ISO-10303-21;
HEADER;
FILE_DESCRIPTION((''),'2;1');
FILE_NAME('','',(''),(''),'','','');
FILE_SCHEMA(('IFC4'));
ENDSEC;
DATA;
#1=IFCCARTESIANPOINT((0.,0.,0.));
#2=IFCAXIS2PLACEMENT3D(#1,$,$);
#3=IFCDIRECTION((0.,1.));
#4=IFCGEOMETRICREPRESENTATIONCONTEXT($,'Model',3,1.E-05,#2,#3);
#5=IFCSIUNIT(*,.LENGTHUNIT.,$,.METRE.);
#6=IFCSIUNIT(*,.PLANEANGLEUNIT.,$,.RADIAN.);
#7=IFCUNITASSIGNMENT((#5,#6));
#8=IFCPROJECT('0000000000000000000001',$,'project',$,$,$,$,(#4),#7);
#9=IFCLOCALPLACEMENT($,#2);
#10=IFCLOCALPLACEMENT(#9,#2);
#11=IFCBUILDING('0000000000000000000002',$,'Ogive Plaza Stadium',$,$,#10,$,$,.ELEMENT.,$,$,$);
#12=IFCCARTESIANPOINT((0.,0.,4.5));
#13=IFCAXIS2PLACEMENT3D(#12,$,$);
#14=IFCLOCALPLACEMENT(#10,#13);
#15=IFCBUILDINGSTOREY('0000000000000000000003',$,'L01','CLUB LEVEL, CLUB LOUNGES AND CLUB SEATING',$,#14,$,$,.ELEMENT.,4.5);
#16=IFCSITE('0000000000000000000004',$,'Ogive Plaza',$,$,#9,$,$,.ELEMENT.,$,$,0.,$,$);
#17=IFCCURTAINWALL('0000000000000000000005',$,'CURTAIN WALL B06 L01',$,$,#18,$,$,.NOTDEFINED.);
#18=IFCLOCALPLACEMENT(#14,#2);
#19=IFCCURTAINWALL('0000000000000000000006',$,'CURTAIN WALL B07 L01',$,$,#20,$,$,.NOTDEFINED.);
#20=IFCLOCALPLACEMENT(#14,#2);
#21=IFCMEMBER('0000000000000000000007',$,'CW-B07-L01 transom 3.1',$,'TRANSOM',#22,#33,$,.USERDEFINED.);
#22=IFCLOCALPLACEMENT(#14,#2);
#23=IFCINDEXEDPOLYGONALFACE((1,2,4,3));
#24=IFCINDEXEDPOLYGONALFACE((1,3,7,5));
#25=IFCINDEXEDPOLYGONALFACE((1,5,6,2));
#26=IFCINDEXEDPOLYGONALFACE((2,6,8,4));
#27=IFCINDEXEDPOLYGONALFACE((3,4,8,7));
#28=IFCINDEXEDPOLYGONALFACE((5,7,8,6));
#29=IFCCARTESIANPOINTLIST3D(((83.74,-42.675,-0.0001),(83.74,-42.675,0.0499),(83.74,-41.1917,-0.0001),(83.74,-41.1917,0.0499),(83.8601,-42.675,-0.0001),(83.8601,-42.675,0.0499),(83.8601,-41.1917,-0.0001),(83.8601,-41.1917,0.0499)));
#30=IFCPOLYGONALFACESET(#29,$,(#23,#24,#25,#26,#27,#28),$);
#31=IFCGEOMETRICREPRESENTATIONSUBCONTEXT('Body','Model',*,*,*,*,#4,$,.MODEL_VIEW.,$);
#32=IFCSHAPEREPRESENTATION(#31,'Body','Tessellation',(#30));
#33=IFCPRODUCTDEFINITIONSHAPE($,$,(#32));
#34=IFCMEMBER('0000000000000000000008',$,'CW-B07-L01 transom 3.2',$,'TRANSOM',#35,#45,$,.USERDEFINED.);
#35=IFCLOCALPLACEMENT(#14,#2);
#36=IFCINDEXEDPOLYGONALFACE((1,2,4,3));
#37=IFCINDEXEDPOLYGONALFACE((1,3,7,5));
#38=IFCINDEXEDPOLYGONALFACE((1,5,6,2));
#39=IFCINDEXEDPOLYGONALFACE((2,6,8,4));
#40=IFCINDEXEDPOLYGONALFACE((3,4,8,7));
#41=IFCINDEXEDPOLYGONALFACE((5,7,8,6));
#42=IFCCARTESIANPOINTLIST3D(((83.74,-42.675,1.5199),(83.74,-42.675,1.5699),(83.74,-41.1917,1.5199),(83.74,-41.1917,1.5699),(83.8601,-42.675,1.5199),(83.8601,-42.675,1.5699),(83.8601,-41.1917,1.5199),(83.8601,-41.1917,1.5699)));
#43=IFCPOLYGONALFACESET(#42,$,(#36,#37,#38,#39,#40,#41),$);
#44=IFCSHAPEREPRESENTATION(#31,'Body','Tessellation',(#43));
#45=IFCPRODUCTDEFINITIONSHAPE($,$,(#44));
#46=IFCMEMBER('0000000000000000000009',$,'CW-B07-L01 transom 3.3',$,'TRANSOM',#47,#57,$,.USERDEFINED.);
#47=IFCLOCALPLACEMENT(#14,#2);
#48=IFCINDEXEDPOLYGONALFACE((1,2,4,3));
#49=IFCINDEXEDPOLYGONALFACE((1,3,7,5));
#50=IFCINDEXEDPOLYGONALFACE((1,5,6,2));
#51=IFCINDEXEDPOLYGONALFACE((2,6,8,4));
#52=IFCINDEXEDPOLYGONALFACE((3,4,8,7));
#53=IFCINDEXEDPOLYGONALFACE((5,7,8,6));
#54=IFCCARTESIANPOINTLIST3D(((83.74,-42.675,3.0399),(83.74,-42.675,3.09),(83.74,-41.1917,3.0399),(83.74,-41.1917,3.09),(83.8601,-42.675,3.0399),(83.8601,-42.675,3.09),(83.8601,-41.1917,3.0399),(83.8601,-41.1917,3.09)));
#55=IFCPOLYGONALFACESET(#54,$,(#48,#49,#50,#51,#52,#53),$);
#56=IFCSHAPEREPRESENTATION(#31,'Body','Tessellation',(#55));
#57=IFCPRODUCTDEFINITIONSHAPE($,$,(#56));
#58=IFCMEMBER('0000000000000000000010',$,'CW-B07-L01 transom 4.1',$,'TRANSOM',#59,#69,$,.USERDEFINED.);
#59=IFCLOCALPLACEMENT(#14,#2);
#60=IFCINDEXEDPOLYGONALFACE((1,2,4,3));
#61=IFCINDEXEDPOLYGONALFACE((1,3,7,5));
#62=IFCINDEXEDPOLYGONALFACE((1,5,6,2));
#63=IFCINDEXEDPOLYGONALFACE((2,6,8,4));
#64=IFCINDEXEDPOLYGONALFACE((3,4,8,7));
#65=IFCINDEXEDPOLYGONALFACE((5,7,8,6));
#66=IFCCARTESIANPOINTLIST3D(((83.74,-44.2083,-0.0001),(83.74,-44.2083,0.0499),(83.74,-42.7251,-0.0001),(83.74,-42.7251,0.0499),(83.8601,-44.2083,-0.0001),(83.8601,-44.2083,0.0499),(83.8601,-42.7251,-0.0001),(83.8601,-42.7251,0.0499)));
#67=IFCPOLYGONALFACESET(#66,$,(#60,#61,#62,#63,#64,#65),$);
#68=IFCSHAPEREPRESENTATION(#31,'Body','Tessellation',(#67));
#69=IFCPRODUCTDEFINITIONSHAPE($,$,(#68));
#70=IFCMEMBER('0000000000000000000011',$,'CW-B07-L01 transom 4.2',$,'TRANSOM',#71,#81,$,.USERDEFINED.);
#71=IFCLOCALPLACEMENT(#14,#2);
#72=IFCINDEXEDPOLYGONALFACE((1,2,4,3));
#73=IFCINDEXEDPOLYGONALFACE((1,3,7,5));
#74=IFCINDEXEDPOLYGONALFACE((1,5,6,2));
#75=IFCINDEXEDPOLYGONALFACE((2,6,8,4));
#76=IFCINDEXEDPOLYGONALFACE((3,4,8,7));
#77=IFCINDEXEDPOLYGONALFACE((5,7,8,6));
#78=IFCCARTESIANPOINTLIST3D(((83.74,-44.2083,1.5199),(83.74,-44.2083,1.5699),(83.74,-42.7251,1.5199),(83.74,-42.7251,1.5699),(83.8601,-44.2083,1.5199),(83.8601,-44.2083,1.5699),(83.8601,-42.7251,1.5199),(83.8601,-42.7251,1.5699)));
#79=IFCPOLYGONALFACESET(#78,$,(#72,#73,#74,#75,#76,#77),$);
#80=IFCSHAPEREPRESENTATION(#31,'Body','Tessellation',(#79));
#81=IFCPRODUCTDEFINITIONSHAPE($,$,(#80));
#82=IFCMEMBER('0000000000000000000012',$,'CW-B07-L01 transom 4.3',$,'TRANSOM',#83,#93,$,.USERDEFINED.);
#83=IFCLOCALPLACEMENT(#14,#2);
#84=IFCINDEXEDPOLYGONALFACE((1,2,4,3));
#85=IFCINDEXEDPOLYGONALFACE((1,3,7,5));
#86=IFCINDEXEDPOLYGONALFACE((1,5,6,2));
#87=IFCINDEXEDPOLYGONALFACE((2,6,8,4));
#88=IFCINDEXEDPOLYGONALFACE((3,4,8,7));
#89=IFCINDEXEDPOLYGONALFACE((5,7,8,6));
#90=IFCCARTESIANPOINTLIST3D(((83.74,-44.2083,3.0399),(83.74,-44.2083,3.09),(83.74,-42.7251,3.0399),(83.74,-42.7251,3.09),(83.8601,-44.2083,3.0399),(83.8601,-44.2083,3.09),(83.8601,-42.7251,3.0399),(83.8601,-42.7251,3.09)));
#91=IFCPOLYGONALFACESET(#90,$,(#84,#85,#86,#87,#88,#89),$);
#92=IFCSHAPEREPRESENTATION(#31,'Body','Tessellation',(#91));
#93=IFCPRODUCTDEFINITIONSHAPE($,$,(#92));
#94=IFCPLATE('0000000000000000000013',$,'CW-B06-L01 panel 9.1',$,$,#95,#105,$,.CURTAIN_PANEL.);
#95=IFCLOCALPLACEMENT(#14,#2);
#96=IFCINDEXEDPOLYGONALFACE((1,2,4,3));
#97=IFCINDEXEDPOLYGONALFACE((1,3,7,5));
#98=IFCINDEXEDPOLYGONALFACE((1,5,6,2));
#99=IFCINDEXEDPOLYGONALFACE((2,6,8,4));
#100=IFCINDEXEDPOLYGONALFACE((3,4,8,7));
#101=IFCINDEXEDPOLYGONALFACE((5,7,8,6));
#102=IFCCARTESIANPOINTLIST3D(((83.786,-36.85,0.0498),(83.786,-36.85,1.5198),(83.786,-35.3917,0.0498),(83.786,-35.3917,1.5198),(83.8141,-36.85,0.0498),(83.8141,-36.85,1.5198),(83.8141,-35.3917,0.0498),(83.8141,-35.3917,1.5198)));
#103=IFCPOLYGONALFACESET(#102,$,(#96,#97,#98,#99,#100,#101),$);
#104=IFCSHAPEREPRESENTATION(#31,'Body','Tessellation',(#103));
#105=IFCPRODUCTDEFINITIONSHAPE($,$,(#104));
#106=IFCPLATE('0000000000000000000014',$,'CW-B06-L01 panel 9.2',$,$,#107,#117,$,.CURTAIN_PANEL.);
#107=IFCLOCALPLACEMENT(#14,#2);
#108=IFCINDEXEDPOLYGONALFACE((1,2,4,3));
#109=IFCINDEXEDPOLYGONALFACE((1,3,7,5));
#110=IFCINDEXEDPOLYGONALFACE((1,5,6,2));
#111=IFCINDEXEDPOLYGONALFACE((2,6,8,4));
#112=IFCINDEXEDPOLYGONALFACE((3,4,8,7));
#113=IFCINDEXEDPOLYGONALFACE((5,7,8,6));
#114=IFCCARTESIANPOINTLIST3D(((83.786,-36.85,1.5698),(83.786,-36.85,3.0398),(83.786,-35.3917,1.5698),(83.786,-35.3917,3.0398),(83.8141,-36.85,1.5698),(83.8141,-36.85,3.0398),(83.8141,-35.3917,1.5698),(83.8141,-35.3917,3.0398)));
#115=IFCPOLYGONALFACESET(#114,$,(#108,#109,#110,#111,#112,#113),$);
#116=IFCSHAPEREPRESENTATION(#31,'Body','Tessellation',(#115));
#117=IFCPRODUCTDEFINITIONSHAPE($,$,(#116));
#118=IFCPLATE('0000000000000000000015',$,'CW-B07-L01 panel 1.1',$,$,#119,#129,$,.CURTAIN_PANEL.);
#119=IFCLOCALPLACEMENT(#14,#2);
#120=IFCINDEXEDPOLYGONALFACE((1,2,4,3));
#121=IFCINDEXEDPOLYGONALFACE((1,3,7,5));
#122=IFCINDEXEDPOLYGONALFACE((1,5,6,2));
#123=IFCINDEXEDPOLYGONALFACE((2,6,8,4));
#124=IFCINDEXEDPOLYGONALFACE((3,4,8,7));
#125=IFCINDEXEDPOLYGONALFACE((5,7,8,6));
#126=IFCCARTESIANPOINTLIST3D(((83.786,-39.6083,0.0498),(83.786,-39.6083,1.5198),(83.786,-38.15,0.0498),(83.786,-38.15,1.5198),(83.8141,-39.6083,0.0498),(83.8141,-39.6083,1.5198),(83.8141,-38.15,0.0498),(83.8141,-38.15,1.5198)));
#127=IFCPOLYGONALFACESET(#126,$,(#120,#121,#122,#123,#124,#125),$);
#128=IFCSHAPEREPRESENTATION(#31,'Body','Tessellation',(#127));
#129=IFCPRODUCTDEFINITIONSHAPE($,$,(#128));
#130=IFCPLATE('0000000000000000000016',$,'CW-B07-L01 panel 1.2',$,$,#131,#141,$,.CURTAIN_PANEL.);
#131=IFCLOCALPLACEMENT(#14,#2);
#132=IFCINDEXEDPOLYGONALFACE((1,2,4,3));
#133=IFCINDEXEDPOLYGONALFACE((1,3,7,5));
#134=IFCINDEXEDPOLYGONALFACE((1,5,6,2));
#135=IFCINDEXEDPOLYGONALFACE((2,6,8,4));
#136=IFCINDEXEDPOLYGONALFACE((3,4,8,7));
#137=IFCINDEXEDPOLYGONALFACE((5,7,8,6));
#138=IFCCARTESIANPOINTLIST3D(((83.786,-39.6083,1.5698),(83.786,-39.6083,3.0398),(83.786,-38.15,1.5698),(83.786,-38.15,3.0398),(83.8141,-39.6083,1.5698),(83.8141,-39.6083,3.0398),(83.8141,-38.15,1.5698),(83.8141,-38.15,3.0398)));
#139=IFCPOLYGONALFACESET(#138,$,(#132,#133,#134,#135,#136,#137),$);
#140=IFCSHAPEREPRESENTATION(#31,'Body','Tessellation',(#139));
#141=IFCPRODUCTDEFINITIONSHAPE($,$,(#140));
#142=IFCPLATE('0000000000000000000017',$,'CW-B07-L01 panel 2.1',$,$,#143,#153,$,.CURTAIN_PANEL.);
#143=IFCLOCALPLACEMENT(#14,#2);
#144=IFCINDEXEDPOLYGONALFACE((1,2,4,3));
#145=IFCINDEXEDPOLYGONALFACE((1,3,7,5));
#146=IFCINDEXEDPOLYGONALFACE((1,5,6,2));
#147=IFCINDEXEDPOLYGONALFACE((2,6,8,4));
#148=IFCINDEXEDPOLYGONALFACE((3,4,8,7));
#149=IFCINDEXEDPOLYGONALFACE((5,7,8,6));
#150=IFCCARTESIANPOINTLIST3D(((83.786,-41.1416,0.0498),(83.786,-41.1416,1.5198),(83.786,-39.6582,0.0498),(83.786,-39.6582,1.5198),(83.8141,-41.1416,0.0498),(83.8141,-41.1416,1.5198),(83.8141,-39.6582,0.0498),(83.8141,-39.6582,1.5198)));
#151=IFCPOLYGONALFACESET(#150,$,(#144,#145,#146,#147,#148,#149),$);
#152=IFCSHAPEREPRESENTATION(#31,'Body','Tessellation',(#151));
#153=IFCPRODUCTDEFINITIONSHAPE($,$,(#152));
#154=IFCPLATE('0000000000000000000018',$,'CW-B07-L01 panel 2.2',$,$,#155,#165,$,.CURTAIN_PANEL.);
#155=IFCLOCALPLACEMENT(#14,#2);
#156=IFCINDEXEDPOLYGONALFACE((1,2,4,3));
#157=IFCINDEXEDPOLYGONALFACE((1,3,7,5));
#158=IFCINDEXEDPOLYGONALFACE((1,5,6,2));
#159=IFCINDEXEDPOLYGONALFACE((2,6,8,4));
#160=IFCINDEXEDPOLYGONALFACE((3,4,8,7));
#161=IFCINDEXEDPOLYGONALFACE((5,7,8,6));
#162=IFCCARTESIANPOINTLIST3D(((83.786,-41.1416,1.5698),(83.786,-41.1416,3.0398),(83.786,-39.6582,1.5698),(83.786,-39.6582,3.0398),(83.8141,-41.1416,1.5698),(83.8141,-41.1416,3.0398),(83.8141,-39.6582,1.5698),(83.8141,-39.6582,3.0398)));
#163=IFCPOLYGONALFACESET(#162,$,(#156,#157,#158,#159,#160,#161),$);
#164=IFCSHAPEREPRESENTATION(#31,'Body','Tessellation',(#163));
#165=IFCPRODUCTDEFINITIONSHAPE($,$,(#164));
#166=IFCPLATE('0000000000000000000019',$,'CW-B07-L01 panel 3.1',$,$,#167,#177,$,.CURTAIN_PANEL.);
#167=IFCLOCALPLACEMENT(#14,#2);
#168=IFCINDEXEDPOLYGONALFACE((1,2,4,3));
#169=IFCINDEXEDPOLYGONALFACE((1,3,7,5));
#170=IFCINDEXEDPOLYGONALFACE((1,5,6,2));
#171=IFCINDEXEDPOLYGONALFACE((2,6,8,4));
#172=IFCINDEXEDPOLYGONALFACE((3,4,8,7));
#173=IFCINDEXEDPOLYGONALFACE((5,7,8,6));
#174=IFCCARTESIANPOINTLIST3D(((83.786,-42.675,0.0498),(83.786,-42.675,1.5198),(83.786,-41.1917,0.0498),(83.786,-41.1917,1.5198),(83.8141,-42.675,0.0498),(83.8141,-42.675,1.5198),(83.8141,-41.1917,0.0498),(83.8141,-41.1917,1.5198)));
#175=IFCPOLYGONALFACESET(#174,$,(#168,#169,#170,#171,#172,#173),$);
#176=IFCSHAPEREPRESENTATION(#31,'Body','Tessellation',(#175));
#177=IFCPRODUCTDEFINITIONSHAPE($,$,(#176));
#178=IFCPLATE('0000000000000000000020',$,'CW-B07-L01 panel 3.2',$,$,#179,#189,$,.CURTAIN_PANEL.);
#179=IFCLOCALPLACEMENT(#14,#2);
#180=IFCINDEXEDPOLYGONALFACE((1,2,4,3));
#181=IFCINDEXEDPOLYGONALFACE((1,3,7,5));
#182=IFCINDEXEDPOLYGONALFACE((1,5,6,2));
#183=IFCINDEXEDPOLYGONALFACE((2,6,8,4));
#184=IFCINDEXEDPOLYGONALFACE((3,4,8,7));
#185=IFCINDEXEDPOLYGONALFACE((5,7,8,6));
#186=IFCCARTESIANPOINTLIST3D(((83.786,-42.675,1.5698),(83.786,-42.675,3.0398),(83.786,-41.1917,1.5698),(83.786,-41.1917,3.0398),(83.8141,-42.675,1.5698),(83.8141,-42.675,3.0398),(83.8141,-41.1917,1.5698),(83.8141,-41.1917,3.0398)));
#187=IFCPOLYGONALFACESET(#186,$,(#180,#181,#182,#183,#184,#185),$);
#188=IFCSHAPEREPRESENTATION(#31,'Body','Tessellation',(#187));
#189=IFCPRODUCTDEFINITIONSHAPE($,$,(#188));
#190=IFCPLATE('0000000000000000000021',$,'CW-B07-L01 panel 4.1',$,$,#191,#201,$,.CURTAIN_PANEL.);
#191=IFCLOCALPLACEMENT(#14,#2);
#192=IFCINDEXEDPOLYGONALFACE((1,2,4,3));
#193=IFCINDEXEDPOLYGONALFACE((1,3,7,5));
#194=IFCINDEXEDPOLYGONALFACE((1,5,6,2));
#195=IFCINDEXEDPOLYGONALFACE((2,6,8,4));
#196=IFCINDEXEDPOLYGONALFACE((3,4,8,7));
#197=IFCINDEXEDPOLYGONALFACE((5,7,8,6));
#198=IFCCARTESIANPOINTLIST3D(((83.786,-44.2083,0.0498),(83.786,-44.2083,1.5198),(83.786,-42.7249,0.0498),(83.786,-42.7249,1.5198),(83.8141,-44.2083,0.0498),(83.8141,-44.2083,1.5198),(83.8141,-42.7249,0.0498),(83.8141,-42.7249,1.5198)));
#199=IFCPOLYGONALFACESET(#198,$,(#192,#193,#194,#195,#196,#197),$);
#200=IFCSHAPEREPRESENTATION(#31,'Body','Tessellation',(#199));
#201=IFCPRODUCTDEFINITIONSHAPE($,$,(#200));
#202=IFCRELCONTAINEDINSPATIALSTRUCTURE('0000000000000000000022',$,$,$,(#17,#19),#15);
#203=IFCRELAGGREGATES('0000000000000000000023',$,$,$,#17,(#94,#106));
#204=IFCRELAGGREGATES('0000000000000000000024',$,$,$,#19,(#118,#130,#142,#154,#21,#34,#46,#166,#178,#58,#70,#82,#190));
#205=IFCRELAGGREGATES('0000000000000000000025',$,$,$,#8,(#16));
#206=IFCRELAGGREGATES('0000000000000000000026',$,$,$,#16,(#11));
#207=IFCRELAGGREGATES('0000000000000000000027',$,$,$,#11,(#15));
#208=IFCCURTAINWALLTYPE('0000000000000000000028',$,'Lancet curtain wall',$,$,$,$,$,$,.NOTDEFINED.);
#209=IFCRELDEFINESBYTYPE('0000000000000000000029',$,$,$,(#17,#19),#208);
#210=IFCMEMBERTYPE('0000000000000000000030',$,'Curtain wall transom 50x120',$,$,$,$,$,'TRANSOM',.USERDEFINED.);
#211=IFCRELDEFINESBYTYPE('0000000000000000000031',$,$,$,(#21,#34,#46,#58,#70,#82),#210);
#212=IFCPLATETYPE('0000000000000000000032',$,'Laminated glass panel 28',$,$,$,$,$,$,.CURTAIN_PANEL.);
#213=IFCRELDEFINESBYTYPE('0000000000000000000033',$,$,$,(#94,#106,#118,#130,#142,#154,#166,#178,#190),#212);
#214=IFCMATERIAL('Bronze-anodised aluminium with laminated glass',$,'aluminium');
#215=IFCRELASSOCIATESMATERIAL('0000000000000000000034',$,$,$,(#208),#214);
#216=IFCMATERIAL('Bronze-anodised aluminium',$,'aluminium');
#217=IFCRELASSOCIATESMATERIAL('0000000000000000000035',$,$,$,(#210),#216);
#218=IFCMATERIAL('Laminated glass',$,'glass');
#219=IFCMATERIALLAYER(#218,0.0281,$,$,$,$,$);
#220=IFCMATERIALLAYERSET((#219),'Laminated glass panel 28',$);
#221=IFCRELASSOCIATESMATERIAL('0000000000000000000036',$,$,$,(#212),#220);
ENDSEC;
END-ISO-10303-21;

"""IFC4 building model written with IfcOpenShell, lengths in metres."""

from ifc_helpers import new_model, si_unit, direction, frame, origin, origin_2d, place, context, subcontext, project, spatial, rectangle, extrude, material, layer, layer_set, material_profile, profile_set, type_object, element, aggregate, save


model = new_model("IFC4")

# Units and contexts
model_context = context("Model", 3, precision=1e-05, world=origin(), true_north=direction((0.0, 1.0)))
body_context = subcontext(model_context, "Body", "Model", "MODEL_VIEW")
ifc_project = project(units=[si_unit("LENGTHUNIT", "METRE"), si_unit("PLANEANGLEUNIT", "RADIAN")], contexts=[model_context])

# Site, building, storey
site_placement = place(None, origin())
site = spatial("IfcSite", under=ifc_project, at=site_placement, Name="Ogive Plaza", CompositionType="ELEMENT", RefElevation=0.0)
building_placement = place(site_placement, origin())
building = spatial("IfcBuilding", under=site, at=building_placement, Name="Ogive Plaza Stadium", CompositionType="ELEMENT")
storey_placement = place(building_placement, frame((0.0, 0.0, 4.5)))
storey = spatial("IfcBuildingStorey", under=building, at=storey_placement, Name="L01", Description="CLUB LEVEL, CLUB LOUNGES AND CLUB SEATING", CompositionType="ELEMENT", Elevation=4.5)

# Curtain walls
ifc_material_1 = material(Name="Bronze-anodised aluminium with laminated glass", Category="aluminium")
curtain_wall_type = type_object("IfcCurtainWallType", Name="Lancet curtain wall", PredefinedType="NOTDEFINED", material=ifc_material_1)
curtain_wall_1_placement = place(storey_placement, origin())
curtain_wall_1 = element("IfcCurtainWall", 1, at=curtain_wall_1_placement, inside=storey, type_object=curtain_wall_type, Name="CURTAIN WALL B06 L01", PredefinedType="NOTDEFINED")
curtain_wall_2_placement = place(storey_placement, origin())
curtain_wall_2 = element("IfcCurtainWall", 2, at=curtain_wall_2_placement, inside=storey, type_object=curtain_wall_type, Name="CURTAIN WALL B07 L01", PredefinedType="NOTDEFINED")

# Members
ifc_material_2 = material(Name="Bronze-anodised aluminium", Category="aluminium")
ifc_material_profile_1 = material_profile(ifc_material_2, rectangle(XDim=0.1201, YDim=0.05, at=origin_2d()), Name="AL 120x50")
ifc_profile_set_1 = profile_set([ifc_material_profile_1], Name="Bronze-anodised aluminium")
member_type_1 = type_object("IfcMemberType", Name="Curtain wall transom 50x120", ElementType="TRANSOM", PredefinedType="USERDEFINED", material=ifc_profile_set_1)
member_1_placement = place(storey_placement, frame((83.8, -41.1917, 0.0249), z_axis=(0.0, -1.0, 0.0), x_axis=(1.0, 0.0, 0.0)))
member_1 = element("IfcMember", 3, at=member_1_placement, type_object=member_type_1, Name="CW-B07-L01 transom 3.1", ObjectType="TRANSOM", PredefinedType="USERDEFINED", context=body_context, shape_type="SweptSolid", body=[
    extrude(rectangle(XDim=0.1201, YDim=0.05, at=origin_2d()), origin(), (0.0, 0.0, 1.0), 1.4834),
])
member_2_placement = place(storey_placement, frame((83.8, -41.1917, 1.5449), z_axis=(0.0, -1.0, 0.0), x_axis=(1.0, 0.0, 0.0)))
member_2 = element("IfcMember", 4, at=member_2_placement, type_object=member_type_1, Name="CW-B07-L01 transom 3.2", ObjectType="TRANSOM", PredefinedType="USERDEFINED", context=body_context, shape_type="SweptSolid", body=[
    extrude(rectangle(XDim=0.1201, YDim=0.05, at=origin_2d()), origin(), (0.0, 0.0, 1.0), 1.4834),
])
member_3_placement = place(storey_placement, frame((83.8, -41.1917, 3.0649), z_axis=(0.0, -1.0, 0.0), x_axis=(1.0, 0.0, 0.0)))
member_3 = element("IfcMember", 5, at=member_3_placement, type_object=member_type_1, Name="CW-B07-L01 transom 3.3", ObjectType="TRANSOM", PredefinedType="USERDEFINED", context=body_context, shape_type="SweptSolid", body=[
    extrude(rectangle(XDim=0.1201, YDim=0.05, at=origin_2d()), origin(), (0.0, 0.0, 1.0), 1.4834),
])
member_4_placement = place(storey_placement, frame((83.8, -42.7251, 0.0249), z_axis=(0.0, -1.0, 0.0), x_axis=(1.0, 0.0, 0.0)))
member_4 = element("IfcMember", 6, at=member_4_placement, type_object=member_type_1, Name="CW-B07-L01 transom 4.1", ObjectType="TRANSOM", PredefinedType="USERDEFINED", context=body_context, shape_type="SweptSolid", body=[
    extrude(rectangle(XDim=0.1201, YDim=0.05, at=origin_2d()), origin(), (0.0, 0.0, 1.0), 1.4832),
])
member_5_placement = place(storey_placement, frame((83.8, -42.7251, 1.5449), z_axis=(0.0, -1.0, 0.0), x_axis=(1.0, 0.0, 0.0)))
member_5 = element("IfcMember", 7, at=member_5_placement, type_object=member_type_1, Name="CW-B07-L01 transom 4.2", ObjectType="TRANSOM", PredefinedType="USERDEFINED", context=body_context, shape_type="SweptSolid", body=[
    extrude(rectangle(XDim=0.1201, YDim=0.05, at=origin_2d()), origin(), (0.0, 0.0, 1.0), 1.4832),
])
member_6_placement = place(storey_placement, frame((83.8, -42.7251, 3.0649), z_axis=(0.0, -1.0, 0.0), x_axis=(1.0, 0.0, 0.0)))
member_6 = element("IfcMember", 8, at=member_6_placement, type_object=member_type_1, Name="CW-B07-L01 transom 4.3", ObjectType="TRANSOM", PredefinedType="USERDEFINED", context=body_context, shape_type="SweptSolid", body=[
    extrude(rectangle(XDim=0.1201, YDim=0.05, at=origin_2d()), origin(), (0.0, 0.0, 1.0), 1.4832),
])

# Plates
ifc_material_3 = material(Name="Laminated glass", Category="glass")
ifc_layer = layer(ifc_material_3, 0.0281)
ifc_layer_set = layer_set([ifc_layer], Name="Laminated glass panel 28")
plate_type = type_object("IfcPlateType", Name="Laminated glass panel 28", PredefinedType="CURTAIN_PANEL", material=ifc_layer_set)
plate_1_placement = place(storey_placement, frame((83.8, -36.1208, 0.0498), z_axis=(0.0, 0.0, 1.0), x_axis=(0.0, -1.0, 0.0)))
plate_1 = element("IfcPlate", 9, at=plate_1_placement, type_object=plate_type, Name="CW-B06-L01 panel 9.1", PredefinedType="CURTAIN_PANEL", context=body_context, shape_type="SweptSolid", body=[
    extrude(rectangle(XDim=1.4583, YDim=0.0281, at=origin_2d()), origin(), (0.0, 0.0, 1.0), 1.47),
])
plate_2_placement = place(storey_placement, frame((83.8, -36.1208, 1.5698), z_axis=(0.0, 0.0, 1.0), x_axis=(0.0, -1.0, 0.0)))
plate_2 = element("IfcPlate", 10, at=plate_2_placement, type_object=plate_type, Name="CW-B06-L01 panel 9.2", PredefinedType="CURTAIN_PANEL", context=body_context, shape_type="SweptSolid", body=[
    extrude(rectangle(XDim=1.4583, YDim=0.0281, at=origin_2d()), origin(), (0.0, 0.0, 1.0), 1.47),
])
aggregate(curtain_wall_1, [plate_1, plate_2])
plate_3_placement = place(storey_placement, frame((83.8, -38.8792, 0.0498), z_axis=(0.0, 0.0, 1.0), x_axis=(0.0, -1.0, 0.0)))
plate_3 = element("IfcPlate", 11, at=plate_3_placement, type_object=plate_type, Name="CW-B07-L01 panel 1.1", PredefinedType="CURTAIN_PANEL", context=body_context, shape_type="SweptSolid", body=[
    extrude(rectangle(XDim=1.4583, YDim=0.0281, at=origin_2d()), origin(), (0.0, 0.0, 1.0), 1.47),
])
plate_4_placement = place(storey_placement, frame((83.8, -38.8792, 1.5698), z_axis=(0.0, 0.0, 1.0), x_axis=(0.0, -1.0, 0.0)))
plate_4 = element("IfcPlate", 12, at=plate_4_placement, type_object=plate_type, Name="CW-B07-L01 panel 1.2", PredefinedType="CURTAIN_PANEL", context=body_context, shape_type="SweptSolid", body=[
    extrude(rectangle(XDim=1.4583, YDim=0.0281, at=origin_2d()), origin(), (0.0, 0.0, 1.0), 1.47),
])
plate_5_placement = place(storey_placement, frame((83.8, -40.3999, 0.0498), z_axis=(0.0, 0.0, 1.0), x_axis=(0.0, -1.0, 0.0)))
plate_5 = element("IfcPlate", 13, at=plate_5_placement, type_object=plate_type, Name="CW-B07-L01 panel 2.1", PredefinedType="CURTAIN_PANEL", context=body_context, shape_type="SweptSolid", body=[
    extrude(rectangle(XDim=1.4834, YDim=0.0281, at=origin_2d()), origin(), (0.0, 0.0, 1.0), 1.47),
])
plate_6_placement = place(storey_placement, frame((83.8, -40.3999, 1.5698), z_axis=(0.0, 0.0, 1.0), x_axis=(0.0, -1.0, 0.0)))
plate_6 = element("IfcPlate", 14, at=plate_6_placement, type_object=plate_type, Name="CW-B07-L01 panel 2.2", PredefinedType="CURTAIN_PANEL", context=body_context, shape_type="SweptSolid", body=[
    extrude(rectangle(XDim=1.4834, YDim=0.0281, at=origin_2d()), origin(), (0.0, 0.0, 1.0), 1.47),
])
plate_7_placement = place(storey_placement, frame((83.8, -41.9333, 0.0498), z_axis=(0.0, 0.0, 1.0), x_axis=(0.0, -1.0, 0.0)))
plate_7 = element("IfcPlate", 15, at=plate_7_placement, type_object=plate_type, Name="CW-B07-L01 panel 3.1", PredefinedType="CURTAIN_PANEL", context=body_context, shape_type="SweptSolid", body=[
    extrude(rectangle(XDim=1.4834, YDim=0.0281, at=origin_2d()), origin(), (0.0, 0.0, 1.0), 1.47),
])
plate_8_placement = place(storey_placement, frame((83.8, -41.9333, 1.5698), z_axis=(0.0, 0.0, 1.0), x_axis=(0.0, -1.0, 0.0)))
plate_8 = element("IfcPlate", 16, at=plate_8_placement, type_object=plate_type, Name="CW-B07-L01 panel 3.2", PredefinedType="CURTAIN_PANEL", context=body_context, shape_type="SweptSolid", body=[
    extrude(rectangle(XDim=1.4834, YDim=0.0281, at=origin_2d()), origin(), (0.0, 0.0, 1.0), 1.47),
])
plate_9_placement = place(storey_placement, frame((83.8, -43.4666, 0.0498), z_axis=(0.0, 0.0, 1.0), x_axis=(0.0, -1.0, 0.0)))
plate_9 = element("IfcPlate", 17, at=plate_9_placement, type_object=plate_type, Name="CW-B07-L01 panel 4.1", PredefinedType="CURTAIN_PANEL", context=body_context, shape_type="SweptSolid", body=[
    extrude(rectangle(XDim=1.4834, YDim=0.0281, at=origin_2d()), origin(), (0.0, 0.0, 1.0), 1.47),
])
aggregate(curtain_wall_2, [plate_3, plate_4, plate_5, plate_6, member_1, member_2, member_3, plate_7, plate_8, member_4, member_5, member_6, plate_9])

save(model, "model.ifc")
